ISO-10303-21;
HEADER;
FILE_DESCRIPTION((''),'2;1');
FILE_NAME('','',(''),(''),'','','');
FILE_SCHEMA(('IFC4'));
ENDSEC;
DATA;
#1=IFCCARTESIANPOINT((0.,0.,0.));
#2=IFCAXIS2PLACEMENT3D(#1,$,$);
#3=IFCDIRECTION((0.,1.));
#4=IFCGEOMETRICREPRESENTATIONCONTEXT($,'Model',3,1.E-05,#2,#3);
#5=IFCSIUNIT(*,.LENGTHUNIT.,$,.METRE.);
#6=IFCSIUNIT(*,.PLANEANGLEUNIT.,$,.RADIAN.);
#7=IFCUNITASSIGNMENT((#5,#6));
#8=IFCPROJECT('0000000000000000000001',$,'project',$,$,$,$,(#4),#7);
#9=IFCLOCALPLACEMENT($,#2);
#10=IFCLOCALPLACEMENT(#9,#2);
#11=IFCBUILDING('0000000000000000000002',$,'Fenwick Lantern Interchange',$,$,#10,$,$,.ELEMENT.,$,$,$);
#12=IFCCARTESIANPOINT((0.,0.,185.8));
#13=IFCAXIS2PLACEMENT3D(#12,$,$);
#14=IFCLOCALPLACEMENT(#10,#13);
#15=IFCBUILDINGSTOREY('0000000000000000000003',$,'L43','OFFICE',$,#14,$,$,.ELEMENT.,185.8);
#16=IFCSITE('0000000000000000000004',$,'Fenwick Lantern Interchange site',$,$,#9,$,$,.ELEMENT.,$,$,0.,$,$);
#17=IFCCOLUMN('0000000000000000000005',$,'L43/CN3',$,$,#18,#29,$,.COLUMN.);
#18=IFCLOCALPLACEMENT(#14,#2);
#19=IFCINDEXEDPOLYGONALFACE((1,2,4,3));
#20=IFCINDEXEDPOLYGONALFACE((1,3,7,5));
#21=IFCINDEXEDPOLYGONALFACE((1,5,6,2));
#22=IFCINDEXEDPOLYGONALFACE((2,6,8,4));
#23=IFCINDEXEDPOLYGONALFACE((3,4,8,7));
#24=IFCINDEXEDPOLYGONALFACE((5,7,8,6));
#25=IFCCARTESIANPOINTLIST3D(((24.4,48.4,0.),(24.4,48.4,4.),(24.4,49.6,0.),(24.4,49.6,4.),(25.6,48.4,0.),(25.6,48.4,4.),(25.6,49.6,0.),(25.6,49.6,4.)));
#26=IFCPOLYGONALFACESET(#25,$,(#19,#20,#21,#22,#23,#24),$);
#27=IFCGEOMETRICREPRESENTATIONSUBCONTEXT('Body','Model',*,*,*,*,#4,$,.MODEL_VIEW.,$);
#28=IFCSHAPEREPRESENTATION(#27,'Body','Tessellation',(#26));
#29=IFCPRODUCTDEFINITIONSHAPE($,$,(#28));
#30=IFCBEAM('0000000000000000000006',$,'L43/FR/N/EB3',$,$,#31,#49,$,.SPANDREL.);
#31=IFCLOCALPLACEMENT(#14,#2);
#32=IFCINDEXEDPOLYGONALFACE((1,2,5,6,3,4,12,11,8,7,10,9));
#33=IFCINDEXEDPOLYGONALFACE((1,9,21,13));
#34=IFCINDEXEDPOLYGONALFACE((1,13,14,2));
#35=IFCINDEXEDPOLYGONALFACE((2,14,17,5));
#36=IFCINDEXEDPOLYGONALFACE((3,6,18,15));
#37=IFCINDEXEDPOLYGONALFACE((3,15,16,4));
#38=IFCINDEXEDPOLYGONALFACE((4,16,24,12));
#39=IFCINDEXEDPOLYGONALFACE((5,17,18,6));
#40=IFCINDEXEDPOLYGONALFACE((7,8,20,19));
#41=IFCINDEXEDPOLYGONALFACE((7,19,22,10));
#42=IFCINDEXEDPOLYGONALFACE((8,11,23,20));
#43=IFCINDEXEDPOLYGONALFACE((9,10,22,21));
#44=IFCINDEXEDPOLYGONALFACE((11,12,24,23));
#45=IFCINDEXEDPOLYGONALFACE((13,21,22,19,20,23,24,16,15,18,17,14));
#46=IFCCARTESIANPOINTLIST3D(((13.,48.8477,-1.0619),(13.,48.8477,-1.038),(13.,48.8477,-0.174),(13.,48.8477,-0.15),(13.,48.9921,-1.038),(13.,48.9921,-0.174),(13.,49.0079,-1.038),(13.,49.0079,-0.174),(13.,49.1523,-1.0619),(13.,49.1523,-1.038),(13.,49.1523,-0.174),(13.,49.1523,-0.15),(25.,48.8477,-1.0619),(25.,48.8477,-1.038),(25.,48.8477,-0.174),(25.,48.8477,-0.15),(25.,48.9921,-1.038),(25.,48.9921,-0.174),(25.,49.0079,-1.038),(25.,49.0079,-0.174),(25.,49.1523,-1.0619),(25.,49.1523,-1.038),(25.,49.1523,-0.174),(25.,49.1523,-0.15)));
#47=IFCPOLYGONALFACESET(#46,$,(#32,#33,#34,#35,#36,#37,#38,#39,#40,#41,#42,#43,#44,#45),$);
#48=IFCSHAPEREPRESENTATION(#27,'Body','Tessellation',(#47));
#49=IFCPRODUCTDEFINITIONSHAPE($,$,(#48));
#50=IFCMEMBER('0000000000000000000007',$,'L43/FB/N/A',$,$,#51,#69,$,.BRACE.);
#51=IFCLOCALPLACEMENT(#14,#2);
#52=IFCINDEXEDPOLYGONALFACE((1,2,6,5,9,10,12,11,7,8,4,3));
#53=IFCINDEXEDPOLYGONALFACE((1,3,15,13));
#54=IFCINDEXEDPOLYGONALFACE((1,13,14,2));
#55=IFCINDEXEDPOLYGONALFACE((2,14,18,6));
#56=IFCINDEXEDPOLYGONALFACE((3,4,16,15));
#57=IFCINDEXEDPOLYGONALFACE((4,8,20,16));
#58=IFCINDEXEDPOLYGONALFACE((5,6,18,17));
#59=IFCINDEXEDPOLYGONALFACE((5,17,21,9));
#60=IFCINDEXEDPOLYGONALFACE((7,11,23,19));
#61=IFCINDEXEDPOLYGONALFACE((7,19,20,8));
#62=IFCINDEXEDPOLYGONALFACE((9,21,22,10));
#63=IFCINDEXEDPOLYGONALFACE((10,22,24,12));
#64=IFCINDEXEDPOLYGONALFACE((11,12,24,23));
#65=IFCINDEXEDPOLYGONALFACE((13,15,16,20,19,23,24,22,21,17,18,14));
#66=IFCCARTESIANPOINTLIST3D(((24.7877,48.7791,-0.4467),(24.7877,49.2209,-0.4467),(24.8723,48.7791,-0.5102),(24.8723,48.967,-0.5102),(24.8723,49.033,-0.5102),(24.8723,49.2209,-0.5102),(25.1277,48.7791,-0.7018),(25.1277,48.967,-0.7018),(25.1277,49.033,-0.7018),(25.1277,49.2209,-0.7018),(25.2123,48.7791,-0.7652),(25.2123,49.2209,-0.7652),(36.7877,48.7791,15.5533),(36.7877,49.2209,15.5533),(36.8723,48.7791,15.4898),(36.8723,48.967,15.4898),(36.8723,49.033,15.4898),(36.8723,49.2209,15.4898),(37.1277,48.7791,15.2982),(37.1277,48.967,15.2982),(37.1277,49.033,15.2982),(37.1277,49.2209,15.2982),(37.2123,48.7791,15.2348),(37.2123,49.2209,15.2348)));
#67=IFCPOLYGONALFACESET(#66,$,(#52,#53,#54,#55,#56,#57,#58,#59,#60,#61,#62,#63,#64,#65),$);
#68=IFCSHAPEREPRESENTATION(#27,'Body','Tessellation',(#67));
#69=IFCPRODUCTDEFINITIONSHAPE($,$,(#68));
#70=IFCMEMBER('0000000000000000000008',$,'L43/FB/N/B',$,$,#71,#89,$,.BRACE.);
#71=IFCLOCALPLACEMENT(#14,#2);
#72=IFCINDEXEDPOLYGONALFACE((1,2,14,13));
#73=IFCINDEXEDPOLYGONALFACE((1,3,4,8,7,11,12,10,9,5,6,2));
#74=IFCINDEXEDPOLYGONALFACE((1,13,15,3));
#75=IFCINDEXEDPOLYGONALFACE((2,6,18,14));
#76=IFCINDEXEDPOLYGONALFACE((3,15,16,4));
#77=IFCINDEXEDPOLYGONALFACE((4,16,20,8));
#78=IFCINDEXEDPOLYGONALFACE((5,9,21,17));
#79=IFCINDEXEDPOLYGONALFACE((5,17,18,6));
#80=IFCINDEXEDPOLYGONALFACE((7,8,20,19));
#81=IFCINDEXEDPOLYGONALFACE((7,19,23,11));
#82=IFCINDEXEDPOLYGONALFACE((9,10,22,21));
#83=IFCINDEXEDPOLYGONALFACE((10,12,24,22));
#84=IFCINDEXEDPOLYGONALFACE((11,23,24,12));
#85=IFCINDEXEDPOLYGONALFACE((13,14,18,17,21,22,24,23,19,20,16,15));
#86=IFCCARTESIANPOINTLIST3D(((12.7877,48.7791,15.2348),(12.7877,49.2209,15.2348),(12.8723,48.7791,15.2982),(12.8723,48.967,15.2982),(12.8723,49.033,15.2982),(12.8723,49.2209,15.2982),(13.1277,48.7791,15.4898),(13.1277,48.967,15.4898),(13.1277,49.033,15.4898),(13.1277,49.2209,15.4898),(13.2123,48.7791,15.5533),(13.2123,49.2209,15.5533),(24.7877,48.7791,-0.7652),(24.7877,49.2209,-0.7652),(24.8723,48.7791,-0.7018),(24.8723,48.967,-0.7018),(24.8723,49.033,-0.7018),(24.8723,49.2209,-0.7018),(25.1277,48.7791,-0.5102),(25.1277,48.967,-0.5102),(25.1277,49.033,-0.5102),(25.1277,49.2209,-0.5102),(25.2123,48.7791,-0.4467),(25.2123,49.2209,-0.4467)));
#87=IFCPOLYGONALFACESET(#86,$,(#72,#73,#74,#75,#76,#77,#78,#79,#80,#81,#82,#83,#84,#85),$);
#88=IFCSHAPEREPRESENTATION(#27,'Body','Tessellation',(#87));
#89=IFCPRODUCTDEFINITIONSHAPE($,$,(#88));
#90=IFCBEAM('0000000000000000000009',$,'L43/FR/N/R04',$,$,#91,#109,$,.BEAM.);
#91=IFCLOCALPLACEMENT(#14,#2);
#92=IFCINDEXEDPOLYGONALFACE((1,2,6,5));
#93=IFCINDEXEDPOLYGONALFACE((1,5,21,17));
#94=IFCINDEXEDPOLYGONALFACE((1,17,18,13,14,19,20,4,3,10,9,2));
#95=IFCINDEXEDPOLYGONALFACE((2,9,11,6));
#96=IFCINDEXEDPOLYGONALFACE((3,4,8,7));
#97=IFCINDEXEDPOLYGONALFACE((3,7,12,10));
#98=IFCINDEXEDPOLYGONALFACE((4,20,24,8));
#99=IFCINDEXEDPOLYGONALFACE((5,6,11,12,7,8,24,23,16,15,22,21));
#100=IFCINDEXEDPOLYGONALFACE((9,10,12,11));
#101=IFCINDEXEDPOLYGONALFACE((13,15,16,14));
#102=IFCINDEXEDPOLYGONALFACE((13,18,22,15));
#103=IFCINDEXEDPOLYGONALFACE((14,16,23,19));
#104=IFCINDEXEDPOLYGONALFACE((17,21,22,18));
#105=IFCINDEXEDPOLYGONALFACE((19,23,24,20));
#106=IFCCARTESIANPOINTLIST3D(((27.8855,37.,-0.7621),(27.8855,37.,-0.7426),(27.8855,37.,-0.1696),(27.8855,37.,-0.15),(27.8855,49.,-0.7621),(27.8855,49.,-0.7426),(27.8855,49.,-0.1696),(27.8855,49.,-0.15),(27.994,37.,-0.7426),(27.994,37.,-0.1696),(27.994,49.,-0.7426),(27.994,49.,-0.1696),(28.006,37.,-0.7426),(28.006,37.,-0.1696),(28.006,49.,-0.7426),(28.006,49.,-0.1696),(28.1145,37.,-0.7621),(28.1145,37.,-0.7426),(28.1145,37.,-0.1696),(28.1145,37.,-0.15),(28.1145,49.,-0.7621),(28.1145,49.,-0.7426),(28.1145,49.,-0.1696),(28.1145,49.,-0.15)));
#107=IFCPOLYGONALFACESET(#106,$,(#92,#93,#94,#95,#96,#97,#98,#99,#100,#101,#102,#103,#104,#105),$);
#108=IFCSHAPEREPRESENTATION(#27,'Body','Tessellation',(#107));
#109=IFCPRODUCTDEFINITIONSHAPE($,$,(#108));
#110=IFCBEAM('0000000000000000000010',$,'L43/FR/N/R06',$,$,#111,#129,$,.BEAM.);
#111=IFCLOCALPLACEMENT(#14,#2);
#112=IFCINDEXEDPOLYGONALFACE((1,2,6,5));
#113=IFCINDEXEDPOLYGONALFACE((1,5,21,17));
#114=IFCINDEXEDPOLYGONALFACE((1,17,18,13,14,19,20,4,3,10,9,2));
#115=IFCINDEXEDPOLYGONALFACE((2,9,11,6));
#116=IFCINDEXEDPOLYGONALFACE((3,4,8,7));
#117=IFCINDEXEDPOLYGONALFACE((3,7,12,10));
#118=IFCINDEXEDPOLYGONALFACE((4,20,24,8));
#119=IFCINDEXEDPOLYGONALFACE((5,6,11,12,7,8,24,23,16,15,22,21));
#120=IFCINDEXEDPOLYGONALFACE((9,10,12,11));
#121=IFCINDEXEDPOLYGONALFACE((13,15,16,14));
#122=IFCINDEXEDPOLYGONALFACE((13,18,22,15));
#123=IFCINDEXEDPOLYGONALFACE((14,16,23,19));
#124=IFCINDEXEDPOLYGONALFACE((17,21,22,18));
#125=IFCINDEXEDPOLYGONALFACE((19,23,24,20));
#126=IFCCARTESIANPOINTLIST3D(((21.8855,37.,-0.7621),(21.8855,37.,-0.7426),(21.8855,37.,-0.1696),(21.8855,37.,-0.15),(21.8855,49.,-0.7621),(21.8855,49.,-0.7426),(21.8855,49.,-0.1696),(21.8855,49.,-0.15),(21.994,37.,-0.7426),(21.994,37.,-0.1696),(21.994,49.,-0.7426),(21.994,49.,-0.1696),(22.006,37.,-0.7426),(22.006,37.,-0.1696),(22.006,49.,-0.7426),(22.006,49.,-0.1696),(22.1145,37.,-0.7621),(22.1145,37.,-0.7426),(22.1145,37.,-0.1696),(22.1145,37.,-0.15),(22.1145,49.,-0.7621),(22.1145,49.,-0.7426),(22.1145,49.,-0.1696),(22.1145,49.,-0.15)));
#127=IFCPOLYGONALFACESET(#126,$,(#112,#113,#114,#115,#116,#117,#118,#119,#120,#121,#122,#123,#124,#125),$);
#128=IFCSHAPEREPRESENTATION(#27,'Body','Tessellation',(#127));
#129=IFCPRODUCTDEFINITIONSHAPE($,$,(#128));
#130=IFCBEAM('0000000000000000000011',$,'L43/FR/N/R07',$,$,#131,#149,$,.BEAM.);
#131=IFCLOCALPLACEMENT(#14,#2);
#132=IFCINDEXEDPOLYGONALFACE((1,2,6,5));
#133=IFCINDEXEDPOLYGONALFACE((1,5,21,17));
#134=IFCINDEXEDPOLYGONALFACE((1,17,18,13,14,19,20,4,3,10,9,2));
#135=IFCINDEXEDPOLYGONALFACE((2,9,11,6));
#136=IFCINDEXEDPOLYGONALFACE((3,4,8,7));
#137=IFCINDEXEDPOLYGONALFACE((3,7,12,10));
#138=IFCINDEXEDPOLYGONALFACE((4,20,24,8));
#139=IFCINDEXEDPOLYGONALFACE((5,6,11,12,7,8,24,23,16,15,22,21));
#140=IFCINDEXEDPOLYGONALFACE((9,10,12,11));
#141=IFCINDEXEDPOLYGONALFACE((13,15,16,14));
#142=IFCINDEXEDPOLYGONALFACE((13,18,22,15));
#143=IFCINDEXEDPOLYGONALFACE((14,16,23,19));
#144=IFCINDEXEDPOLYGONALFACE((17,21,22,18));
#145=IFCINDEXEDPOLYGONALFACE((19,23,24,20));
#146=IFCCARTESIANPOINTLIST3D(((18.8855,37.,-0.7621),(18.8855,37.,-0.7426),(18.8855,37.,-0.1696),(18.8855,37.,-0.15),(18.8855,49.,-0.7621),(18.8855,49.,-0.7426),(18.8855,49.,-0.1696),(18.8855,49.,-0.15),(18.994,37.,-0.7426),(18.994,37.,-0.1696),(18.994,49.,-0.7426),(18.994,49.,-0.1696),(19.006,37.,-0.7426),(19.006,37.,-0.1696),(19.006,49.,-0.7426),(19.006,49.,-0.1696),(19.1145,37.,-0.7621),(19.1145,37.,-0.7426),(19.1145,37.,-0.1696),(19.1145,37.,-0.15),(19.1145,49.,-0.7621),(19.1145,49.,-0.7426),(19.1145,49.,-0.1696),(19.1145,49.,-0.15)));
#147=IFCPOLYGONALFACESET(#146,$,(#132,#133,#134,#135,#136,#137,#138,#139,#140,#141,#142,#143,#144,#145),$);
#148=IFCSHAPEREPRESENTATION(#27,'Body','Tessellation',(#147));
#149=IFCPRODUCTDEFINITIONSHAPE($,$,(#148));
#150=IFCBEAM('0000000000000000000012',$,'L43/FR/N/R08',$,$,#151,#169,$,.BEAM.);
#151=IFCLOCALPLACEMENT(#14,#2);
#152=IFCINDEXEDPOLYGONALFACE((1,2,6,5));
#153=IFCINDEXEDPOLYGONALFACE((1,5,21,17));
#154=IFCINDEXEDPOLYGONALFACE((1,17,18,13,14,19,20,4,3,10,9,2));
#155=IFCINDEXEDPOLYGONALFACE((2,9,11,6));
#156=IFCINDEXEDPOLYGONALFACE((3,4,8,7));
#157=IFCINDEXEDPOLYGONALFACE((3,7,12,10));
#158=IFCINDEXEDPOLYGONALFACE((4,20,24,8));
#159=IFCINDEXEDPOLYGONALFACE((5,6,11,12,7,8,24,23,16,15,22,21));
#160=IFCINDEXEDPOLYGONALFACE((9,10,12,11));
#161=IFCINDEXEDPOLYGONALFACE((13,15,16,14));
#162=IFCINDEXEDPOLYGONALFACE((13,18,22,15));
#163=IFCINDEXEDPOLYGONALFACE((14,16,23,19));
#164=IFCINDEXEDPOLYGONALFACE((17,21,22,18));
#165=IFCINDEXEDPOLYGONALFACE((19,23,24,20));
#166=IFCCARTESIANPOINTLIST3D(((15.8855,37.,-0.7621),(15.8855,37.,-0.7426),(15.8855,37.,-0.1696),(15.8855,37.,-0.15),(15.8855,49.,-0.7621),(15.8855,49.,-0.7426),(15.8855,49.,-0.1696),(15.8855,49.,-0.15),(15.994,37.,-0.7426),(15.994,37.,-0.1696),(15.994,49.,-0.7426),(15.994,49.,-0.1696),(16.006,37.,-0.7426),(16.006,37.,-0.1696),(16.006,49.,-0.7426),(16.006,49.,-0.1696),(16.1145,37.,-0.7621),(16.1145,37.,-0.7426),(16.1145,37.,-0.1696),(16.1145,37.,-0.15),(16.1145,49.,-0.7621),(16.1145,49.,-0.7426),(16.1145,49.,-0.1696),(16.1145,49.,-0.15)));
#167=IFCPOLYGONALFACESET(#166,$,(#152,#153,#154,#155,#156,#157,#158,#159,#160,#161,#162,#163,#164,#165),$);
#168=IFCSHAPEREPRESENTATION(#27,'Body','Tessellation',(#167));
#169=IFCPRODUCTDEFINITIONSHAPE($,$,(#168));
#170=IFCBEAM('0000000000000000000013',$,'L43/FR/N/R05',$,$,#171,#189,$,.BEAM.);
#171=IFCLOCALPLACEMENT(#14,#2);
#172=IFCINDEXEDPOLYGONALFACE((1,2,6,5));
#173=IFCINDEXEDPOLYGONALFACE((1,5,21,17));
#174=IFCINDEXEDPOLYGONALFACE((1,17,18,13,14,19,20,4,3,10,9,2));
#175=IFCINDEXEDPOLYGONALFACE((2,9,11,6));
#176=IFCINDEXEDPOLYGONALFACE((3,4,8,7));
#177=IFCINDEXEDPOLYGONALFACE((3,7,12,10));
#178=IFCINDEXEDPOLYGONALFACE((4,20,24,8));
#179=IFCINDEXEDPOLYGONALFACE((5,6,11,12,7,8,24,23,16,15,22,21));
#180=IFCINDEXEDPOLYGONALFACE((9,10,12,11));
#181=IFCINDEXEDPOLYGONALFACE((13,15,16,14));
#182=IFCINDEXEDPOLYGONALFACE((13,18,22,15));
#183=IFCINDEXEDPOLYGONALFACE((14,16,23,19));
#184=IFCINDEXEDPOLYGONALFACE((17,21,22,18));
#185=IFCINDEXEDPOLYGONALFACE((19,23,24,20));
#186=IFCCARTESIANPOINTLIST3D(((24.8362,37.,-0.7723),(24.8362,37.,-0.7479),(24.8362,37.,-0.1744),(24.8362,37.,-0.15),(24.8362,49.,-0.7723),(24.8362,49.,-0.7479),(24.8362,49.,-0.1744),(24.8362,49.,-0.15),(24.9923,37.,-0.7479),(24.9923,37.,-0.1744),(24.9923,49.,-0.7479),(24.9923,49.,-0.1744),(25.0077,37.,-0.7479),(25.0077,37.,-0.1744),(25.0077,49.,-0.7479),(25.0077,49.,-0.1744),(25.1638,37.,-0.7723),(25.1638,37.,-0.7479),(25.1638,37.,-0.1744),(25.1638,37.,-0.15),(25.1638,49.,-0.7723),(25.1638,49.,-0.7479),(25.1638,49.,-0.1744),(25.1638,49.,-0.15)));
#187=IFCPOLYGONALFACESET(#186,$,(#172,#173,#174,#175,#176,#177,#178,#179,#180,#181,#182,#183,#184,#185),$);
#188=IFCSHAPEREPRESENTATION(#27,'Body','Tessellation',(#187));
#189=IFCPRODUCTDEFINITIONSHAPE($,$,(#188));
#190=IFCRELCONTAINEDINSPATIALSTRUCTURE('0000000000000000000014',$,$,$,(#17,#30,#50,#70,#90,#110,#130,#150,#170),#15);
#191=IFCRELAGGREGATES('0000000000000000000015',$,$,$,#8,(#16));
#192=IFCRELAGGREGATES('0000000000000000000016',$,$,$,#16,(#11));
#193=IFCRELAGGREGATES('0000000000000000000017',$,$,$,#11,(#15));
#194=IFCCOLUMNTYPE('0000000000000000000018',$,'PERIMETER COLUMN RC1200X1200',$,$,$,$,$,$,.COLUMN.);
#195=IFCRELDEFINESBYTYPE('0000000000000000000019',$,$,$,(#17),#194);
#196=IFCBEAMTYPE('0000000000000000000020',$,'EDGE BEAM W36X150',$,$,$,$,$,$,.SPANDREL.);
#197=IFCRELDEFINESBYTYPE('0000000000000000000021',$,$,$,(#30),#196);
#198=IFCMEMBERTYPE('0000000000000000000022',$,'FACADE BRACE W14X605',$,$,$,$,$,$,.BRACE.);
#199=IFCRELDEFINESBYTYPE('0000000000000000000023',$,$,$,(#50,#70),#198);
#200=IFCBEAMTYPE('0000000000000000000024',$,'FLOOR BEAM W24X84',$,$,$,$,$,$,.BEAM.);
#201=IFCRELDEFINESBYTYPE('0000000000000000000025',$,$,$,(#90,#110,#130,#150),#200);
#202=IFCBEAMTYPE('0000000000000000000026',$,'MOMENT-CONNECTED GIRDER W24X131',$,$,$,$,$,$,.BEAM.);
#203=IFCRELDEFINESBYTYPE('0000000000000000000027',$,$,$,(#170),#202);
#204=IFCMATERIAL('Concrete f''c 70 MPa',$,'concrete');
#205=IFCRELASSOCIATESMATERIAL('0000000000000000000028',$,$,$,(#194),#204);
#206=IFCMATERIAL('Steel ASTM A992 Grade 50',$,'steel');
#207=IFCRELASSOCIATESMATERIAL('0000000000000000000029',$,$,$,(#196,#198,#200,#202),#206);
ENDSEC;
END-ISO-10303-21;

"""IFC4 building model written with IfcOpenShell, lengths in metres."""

from ifc_helpers import new_model, si_unit, direction, frame, origin, origin_2d, place, context, subcontext, project, spatial, rectangle, i_section, extrude, material, material_profile, profile_set, type_object, element, save


model = new_model("IFC4")

# Units and contexts
model_context = context("Model", 3, precision=1e-05, world=origin(), true_north=direction((0.0, 1.0)))
body_context = subcontext(model_context, "Body", "Model", "MODEL_VIEW")
ifc_project = project(units=[si_unit("LENGTHUNIT", "METRE"), si_unit("PLANEANGLEUNIT", "RADIAN")], contexts=[model_context])

# Site, building, storey
site_placement = place(None, origin())
site = spatial("IfcSite", under=ifc_project, at=site_placement, Name="Fenwick Lantern Interchange site", CompositionType="ELEMENT", RefElevation=0.0)
building_placement = place(site_placement, origin())
building = spatial("IfcBuilding", under=site, at=building_placement, Name="Fenwick Lantern Interchange", CompositionType="ELEMENT")
storey_placement = place(building_placement, frame((0.0, 0.0, 185.8)))
storey = spatial("IfcBuildingStorey", under=building, at=storey_placement, Name="L43", Description="OFFICE", CompositionType="ELEMENT", Elevation=185.8)

# Column
ifc_material_1 = material(Name="Concrete f'c 70 MPa", Category="concrete")
ifc_material_profile_1 = material_profile(ifc_material_1, rectangle(XDim=1.2, YDim=1.2, at=origin_2d()), Name="RC1200X1200")
ifc_profile_set_1 = profile_set([ifc_material_profile_1], Name="Concrete f'c 70 MPa")
column_type = type_object("IfcColumnType", Name="PERIMETER COLUMN RC1200X1200", PredefinedType="COLUMN", material=ifc_profile_set_1)
column_placement = place(storey_placement, frame((25.0, 49.0, 0.0), z_axis=(0.0, 0.0, 1.0), x_axis=(1.0, 0.0, 0.0)))
element("IfcColumn", 1, at=column_placement, inside=storey, type_object=column_type, Name="L43/CN3", PredefinedType="COLUMN", context=body_context, shape_type="SweptSolid", body=[
    extrude(rectangle(XDim=1.2, YDim=1.2, at=origin_2d()), origin(), (0.0, 0.0, 1.0), 4.0),
])

# Beam
ifc_material_2 = material(Name="Steel ASTM A992 Grade 50", Category="steel")
ifc_material_profile_2 = material_profile(ifc_material_2, i_section(OverallWidth=0.3047, OverallDepth=0.9119, WebThickness=0.0159, FlangeThickness=0.0239, at=origin_2d()), Name="W36X150")
ifc_profile_set_2 = profile_set([ifc_material_profile_2], Name="Steel ASTM A992 Grade 50")
beam_type_1 = type_object("IfcBeamType", Name="EDGE BEAM W36X150", PredefinedType="SPANDREL", material=ifc_profile_set_2)
beam_1_placement = place(storey_placement, frame((25.0, 49.0, -0.606), z_axis=(-1.0, 0.0, 0.0), x_axis=(0.0, -1.0, 0.0)))
element("IfcBeam", 2, at=beam_1_placement, inside=storey, type_object=beam_type_1, Name="L43/FR/N/EB3", PredefinedType="SPANDREL", context=body_context, shape_type="SweptSolid", body=[
    extrude(i_section(OverallWidth=0.3047, OverallDepth=0.9119, WebThickness=0.0159, FlangeThickness=0.0239, at=origin_2d()), origin(), (0.0, 0.0, 1.0), 12.0),
])

# Members
ifc_material_profile_3 = material_profile(ifc_material_2, i_section(OverallWidth=0.4419, OverallDepth=0.5308, WebThickness=0.0659, FlangeThickness=0.1057, at=origin_2d()), Name="W14X605")
ifc_profile_set_3 = profile_set([ifc_material_profile_3], Name="Steel ASTM A992 Grade 50")
member_type_1 = type_object("IfcMemberType", Name="FACADE BRACE W14X605", PredefinedType="BRACE", material=ifc_profile_set_3)
for number, where, z_axis, x_axis, name in (
    (3, (25.0, 49.0, -0.606), (0.6, 0.0, 0.8), (0.0, 1.0, 0.0), "L43/FB/N/A"),
    (4, (25.0, 49.0, -0.606), (-0.6, 0.0, 0.8), (0.0, -1.0, 0.0), "L43/FB/N/B"),
):
    element("IfcMember", number, at=place(storey_placement, frame(where, z_axis=z_axis, x_axis=x_axis)), inside=storey, type_object=member_type_1, Name=name, PredefinedType="BRACE", context=body_context, shape_type="SweptSolid", body=[
        extrude(i_section(OverallWidth=0.4419, OverallDepth=0.5308, WebThickness=0.0659, FlangeThickness=0.1057, at=origin_2d()), origin(), (0.0, 0.0, 1.0), 20.0),
    ])

# Beams
ifc_material_profile_4 = material_profile(ifc_material_2, i_section(OverallWidth=0.229, OverallDepth=0.6121, WebThickness=0.012, FlangeThickness=0.0195, at=origin_2d()), Name="W24X84")
ifc_profile_set_4 = profile_set([ifc_material_profile_4], Name="Steel ASTM A992 Grade 50")
beam_type_2 = type_object("IfcBeamType", Name="FLOOR BEAM W24X84", PredefinedType="BEAM", material=ifc_profile_set_4)
for number, where, z_axis, x_axis, name in (
    (5, (28.0, 49.0, -0.4561), (0.0, -1.0, 0.0), (1.0, 0.0, 0.0), "L43/FR/N/R04"),
    (6, (22.0, 49.0, -0.4561), (0.0, -1.0, 0.0), (1.0, 0.0, 0.0), "L43/FR/N/R06"),
    (7, (19.0, 49.0, -0.4561), (0.0, -1.0, 0.0), (1.0, 0.0, 0.0), "L43/FR/N/R07"),
    (8, (16.0, 49.0, -0.4561), (0.0, -1.0, 0.0), (1.0, 0.0, 0.0), "L43/FR/N/R08"),
):
    element("IfcBeam", number, at=place(storey_placement, frame(where, z_axis=z_axis, x_axis=x_axis)), inside=storey, type_object=beam_type_2, Name=name, PredefinedType="BEAM", context=body_context, shape_type="SweptSolid", body=[
        extrude(i_section(OverallWidth=0.229, OverallDepth=0.6121, WebThickness=0.012, FlangeThickness=0.0195, at=origin_2d()), origin(), (0.0, 0.0, 1.0), 12.0),
    ])
ifc_material_profile_5 = material_profile(ifc_material_2, i_section(OverallWidth=0.3276, OverallDepth=0.6223, WebThickness=0.0154, FlangeThickness=0.0244, at=origin_2d()), Name="W24X131")
ifc_profile_set_5 = profile_set([ifc_material_profile_5], Name="Steel ASTM A992 Grade 50")
beam_type_3 = type_object("IfcBeamType", Name="MOMENT-CONNECTED GIRDER W24X131", PredefinedType="BEAM", material=ifc_profile_set_5)
beam_2_placement = place(storey_placement, frame((25.0, 49.0, -0.4612), z_axis=(0.0, -1.0, 0.0), x_axis=(1.0, 0.0, 0.0)))
element("IfcBeam", 9, at=beam_2_placement, inside=storey, type_object=beam_type_3, Name="L43/FR/N/R05", PredefinedType="BEAM", context=body_context, shape_type="SweptSolid", body=[
    extrude(i_section(OverallWidth=0.3276, OverallDepth=0.6223, WebThickness=0.0154, FlangeThickness=0.0244, at=origin_2d()), origin(), (0.0, 0.0, 1.0), 12.0),
])

save(model, "model.ifc")
